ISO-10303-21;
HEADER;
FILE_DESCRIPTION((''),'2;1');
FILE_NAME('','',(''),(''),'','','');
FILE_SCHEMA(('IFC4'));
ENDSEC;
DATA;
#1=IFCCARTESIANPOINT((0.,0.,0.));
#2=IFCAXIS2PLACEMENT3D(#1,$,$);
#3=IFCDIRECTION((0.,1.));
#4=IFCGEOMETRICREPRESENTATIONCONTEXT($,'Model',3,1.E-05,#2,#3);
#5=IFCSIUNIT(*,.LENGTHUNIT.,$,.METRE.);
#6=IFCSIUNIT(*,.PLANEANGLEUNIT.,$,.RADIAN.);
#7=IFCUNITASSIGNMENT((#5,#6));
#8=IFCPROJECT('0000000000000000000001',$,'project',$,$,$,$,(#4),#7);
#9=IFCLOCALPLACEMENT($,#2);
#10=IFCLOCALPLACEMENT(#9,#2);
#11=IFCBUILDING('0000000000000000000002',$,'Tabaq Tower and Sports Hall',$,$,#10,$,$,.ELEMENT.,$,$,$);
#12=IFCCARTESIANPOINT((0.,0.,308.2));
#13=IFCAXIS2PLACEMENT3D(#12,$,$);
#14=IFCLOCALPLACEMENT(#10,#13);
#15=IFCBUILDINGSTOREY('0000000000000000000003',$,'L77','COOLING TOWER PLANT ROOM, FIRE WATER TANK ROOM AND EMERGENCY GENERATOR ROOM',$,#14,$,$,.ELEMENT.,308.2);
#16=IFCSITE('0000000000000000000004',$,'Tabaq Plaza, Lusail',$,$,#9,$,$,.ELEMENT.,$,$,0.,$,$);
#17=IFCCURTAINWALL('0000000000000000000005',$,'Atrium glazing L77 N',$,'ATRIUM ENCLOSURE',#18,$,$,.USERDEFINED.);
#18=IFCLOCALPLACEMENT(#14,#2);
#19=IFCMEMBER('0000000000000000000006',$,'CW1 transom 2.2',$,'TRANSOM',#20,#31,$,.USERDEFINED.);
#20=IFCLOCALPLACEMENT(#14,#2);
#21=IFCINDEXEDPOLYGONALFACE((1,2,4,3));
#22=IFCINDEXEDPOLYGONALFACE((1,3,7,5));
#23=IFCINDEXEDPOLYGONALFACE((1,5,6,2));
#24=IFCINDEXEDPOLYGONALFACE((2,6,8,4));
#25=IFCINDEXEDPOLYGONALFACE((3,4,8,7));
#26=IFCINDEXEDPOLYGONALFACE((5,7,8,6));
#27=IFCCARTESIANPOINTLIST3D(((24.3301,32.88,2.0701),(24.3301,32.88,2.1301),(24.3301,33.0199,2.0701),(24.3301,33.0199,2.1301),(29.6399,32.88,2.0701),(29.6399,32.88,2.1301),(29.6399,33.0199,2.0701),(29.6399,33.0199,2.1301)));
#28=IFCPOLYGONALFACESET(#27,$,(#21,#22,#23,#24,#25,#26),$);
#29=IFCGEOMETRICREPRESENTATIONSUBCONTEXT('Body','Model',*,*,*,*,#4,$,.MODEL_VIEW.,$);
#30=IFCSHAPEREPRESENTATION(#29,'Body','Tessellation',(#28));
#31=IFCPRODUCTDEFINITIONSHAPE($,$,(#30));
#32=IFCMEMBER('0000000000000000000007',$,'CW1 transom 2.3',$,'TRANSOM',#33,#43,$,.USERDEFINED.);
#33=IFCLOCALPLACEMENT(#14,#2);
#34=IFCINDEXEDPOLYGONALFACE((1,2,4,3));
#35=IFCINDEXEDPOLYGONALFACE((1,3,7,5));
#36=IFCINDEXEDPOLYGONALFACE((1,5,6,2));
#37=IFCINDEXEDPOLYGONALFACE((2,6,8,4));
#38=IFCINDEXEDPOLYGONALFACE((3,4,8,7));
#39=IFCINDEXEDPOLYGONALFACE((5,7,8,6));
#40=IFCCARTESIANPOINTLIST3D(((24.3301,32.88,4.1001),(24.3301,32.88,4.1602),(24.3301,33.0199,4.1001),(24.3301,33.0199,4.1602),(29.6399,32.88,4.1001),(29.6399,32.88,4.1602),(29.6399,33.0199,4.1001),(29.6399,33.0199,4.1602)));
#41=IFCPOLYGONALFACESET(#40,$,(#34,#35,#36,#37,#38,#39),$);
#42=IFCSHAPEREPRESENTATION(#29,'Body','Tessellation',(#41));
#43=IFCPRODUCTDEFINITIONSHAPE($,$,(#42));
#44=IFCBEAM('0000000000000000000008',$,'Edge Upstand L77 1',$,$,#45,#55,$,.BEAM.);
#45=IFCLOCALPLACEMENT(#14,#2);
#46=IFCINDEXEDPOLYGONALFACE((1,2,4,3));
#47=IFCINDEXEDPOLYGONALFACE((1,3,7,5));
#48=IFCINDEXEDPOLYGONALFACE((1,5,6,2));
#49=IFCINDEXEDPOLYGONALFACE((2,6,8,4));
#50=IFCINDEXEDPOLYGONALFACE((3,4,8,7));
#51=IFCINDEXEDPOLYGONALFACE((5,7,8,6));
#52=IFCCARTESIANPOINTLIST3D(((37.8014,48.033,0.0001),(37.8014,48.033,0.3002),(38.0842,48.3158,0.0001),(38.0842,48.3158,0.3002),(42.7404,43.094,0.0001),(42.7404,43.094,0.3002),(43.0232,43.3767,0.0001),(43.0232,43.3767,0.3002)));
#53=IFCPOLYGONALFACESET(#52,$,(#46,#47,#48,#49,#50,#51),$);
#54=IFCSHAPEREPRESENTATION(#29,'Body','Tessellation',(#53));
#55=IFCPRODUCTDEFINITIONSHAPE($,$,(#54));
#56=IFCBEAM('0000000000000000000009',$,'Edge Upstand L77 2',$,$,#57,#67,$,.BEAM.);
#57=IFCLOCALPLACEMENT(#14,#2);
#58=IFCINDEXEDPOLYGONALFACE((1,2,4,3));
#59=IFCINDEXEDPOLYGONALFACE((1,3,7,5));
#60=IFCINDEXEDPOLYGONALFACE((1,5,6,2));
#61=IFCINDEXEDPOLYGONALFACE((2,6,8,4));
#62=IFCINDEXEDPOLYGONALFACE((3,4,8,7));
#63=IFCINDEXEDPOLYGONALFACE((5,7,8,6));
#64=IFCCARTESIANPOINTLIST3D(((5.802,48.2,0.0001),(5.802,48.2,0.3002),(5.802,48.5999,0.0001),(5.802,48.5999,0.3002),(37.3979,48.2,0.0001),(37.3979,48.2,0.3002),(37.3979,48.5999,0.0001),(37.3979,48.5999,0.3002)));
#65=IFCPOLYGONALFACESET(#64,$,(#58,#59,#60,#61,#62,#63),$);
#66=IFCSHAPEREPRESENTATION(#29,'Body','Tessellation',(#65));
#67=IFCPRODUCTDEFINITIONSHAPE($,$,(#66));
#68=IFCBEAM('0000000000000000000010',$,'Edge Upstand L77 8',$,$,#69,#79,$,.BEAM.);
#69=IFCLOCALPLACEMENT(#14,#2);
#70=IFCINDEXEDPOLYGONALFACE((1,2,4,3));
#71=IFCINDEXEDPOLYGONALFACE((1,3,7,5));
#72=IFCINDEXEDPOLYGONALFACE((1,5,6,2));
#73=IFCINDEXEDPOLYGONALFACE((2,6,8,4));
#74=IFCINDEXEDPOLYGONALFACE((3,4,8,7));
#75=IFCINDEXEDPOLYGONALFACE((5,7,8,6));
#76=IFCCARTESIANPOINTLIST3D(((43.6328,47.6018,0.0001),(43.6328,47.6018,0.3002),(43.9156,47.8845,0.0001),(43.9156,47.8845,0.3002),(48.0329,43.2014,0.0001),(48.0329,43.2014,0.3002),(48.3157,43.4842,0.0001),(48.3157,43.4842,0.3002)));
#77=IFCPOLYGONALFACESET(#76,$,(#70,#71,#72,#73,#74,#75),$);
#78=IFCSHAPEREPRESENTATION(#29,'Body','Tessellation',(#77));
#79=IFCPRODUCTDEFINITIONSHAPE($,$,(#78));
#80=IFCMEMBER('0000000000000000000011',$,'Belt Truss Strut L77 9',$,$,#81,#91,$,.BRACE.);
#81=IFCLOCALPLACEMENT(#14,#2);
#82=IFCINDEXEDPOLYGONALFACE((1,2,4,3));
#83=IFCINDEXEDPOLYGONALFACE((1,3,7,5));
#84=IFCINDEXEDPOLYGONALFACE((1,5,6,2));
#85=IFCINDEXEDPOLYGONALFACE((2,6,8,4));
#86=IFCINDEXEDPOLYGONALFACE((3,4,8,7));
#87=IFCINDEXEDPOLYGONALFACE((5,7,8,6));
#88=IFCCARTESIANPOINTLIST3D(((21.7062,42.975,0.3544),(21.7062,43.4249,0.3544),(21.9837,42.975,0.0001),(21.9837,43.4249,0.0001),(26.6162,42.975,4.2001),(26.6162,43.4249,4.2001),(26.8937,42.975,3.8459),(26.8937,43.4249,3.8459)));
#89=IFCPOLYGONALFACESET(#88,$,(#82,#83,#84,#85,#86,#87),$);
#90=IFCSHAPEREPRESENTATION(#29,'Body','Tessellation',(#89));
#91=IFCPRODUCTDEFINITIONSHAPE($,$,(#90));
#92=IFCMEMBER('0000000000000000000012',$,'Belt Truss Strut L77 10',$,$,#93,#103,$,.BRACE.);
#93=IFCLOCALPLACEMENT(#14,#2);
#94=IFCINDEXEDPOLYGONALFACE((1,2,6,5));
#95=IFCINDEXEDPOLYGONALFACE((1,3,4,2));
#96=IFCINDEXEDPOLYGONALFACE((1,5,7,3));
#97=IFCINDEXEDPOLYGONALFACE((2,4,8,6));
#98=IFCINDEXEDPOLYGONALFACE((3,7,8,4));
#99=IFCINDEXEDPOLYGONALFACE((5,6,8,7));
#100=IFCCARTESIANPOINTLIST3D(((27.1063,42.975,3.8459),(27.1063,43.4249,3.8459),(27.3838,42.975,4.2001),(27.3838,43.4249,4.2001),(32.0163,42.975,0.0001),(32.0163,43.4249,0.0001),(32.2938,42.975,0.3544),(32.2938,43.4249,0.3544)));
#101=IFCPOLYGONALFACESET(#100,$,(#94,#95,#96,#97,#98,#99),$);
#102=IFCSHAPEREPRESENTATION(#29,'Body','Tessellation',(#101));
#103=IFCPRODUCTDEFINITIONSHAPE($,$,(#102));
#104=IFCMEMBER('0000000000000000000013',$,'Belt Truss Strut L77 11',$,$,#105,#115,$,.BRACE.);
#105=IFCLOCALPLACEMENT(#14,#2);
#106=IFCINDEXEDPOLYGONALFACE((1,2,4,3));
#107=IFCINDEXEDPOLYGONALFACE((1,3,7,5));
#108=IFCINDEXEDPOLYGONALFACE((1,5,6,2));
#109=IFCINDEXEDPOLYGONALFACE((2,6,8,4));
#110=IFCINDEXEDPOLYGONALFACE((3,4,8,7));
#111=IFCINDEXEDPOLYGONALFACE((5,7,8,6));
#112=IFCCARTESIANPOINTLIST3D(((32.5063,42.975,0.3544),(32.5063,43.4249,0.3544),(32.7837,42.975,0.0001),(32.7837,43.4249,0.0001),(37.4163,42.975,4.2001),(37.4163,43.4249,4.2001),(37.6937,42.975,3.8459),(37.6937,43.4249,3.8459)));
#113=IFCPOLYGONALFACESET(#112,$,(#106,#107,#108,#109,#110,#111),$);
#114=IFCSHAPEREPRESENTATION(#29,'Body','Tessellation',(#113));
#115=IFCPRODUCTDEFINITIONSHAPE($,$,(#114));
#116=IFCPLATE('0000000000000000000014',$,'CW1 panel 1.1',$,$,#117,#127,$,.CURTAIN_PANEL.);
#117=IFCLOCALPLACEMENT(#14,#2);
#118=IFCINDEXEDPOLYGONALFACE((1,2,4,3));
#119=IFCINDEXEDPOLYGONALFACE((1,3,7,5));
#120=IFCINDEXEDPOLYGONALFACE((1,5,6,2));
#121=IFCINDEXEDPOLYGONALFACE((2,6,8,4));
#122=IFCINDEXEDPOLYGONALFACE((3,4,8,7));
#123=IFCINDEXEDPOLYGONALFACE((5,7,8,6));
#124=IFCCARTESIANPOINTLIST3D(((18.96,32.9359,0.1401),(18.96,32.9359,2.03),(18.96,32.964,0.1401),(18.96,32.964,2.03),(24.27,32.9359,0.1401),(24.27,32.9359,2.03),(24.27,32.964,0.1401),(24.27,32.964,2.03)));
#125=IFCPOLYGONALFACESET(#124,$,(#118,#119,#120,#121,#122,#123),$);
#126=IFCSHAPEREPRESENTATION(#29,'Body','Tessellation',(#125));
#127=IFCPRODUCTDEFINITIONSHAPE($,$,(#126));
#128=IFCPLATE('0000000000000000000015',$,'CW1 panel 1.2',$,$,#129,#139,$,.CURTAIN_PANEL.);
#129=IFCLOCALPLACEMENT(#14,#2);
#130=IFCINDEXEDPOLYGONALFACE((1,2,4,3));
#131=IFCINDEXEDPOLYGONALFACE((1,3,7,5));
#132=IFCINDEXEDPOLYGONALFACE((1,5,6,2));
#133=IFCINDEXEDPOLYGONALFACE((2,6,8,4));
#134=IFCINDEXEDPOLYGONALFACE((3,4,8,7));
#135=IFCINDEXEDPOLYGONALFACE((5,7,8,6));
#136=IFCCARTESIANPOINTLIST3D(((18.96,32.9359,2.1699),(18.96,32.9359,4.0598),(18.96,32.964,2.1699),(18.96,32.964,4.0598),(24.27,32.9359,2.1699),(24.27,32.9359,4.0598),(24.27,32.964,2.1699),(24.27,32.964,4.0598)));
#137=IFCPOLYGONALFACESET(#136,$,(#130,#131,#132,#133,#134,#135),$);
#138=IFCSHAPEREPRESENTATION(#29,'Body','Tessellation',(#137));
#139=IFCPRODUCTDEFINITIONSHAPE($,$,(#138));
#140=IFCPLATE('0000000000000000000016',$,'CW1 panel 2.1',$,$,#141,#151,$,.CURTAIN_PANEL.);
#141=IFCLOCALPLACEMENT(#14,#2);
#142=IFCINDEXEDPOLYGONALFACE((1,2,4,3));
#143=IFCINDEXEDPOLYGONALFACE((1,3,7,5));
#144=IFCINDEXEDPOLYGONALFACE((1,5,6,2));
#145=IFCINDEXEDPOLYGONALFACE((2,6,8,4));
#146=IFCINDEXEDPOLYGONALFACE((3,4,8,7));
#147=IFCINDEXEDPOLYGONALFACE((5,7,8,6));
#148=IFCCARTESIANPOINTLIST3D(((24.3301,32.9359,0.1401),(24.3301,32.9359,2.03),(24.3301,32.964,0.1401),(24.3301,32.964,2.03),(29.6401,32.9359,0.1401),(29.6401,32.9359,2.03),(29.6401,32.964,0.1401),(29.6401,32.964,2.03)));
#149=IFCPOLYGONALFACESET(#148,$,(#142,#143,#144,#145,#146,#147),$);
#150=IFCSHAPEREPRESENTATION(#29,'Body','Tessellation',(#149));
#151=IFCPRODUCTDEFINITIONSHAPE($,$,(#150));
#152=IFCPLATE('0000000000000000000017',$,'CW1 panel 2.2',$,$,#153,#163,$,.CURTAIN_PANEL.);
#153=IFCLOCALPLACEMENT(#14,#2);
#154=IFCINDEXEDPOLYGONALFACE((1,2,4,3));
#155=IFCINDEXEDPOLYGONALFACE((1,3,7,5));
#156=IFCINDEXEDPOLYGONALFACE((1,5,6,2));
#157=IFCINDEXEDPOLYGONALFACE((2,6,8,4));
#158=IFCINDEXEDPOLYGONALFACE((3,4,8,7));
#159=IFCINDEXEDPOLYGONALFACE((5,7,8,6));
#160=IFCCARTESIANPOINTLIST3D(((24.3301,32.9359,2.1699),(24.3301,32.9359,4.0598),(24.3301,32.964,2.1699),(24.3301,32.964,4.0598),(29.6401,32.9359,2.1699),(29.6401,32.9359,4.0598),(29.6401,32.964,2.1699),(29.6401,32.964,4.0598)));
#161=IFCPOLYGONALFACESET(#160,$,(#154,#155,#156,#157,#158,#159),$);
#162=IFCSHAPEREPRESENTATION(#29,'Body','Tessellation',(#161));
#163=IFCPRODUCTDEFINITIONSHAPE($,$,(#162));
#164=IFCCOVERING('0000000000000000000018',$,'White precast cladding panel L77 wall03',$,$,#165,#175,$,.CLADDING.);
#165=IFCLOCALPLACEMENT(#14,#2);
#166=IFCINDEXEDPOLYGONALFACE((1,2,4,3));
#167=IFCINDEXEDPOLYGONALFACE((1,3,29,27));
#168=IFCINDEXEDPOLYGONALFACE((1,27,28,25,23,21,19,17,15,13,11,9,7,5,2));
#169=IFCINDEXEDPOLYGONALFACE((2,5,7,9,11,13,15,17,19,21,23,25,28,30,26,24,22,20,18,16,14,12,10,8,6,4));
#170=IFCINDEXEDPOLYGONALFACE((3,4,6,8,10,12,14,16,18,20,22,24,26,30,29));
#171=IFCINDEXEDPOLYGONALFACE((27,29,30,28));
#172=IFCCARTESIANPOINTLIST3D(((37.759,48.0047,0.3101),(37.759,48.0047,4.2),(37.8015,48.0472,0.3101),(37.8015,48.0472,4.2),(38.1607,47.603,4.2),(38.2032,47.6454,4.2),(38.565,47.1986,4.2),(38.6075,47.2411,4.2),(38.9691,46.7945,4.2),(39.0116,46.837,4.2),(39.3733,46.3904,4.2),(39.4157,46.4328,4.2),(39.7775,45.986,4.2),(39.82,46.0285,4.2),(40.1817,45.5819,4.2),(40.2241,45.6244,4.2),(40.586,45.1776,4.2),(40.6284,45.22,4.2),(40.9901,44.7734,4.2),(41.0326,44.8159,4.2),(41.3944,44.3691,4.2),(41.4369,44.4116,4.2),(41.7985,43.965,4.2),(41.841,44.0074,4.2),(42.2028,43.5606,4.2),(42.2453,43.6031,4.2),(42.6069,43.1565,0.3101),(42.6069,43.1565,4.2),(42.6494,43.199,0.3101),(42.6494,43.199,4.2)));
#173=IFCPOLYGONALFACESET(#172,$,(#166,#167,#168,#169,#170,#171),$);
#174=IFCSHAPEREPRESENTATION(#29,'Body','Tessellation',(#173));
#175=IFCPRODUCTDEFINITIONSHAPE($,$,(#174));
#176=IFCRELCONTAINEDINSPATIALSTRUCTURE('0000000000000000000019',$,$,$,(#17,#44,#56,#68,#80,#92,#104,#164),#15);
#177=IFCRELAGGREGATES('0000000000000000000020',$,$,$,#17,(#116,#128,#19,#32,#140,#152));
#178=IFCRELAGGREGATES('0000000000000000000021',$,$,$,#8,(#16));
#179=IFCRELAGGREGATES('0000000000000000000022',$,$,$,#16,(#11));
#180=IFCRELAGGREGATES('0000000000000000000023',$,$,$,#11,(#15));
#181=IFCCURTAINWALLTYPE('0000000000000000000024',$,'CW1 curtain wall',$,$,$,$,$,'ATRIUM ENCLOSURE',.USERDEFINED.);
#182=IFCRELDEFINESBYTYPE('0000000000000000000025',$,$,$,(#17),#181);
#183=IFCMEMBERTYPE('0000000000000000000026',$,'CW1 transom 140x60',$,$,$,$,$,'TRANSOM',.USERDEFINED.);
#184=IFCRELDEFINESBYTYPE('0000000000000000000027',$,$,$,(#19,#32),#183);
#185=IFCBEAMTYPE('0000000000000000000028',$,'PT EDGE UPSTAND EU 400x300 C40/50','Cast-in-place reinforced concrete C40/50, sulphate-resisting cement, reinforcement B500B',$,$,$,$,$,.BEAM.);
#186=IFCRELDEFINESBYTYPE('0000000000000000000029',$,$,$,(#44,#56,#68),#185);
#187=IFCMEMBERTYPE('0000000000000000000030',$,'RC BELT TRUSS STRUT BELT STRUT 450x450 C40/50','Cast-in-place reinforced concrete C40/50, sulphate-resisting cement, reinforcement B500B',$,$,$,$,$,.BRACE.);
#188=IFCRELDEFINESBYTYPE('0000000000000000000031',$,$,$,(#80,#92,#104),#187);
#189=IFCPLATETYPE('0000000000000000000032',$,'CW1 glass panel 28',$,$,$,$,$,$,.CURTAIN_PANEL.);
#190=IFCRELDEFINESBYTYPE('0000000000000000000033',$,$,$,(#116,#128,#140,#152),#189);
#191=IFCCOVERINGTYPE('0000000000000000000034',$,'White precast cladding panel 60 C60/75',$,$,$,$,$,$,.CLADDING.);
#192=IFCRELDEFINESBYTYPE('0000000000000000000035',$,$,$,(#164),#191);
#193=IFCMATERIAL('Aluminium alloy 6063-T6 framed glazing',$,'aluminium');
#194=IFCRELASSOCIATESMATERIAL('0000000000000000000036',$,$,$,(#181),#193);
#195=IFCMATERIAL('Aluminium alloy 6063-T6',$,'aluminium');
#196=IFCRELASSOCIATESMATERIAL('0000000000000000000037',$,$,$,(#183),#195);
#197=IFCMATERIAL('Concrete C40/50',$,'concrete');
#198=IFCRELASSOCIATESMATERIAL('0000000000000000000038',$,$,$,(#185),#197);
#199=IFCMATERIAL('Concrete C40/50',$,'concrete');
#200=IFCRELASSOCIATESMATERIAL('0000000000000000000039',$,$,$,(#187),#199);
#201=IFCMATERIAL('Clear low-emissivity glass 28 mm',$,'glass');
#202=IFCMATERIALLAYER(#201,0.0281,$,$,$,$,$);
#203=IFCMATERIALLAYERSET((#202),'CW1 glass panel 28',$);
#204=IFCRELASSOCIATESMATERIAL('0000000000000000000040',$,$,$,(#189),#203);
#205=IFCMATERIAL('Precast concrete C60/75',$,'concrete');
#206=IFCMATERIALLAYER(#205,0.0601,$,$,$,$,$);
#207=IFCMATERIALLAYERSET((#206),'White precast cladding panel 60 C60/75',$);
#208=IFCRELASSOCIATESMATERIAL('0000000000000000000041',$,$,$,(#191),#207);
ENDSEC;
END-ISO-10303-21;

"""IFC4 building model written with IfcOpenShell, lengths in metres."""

from ifc_helpers import new_model, si_unit, direction, frame, origin, origin_2d, place, context, subcontext, project, spatial, polyline, rectangle, outline, extrude, material, layer, layer_set, material_profile, profile_set, type_object, element, aggregate, save


model = new_model("IFC4")

# Units and contexts
model_context = context("Model", 3, precision=1e-05, world=origin(), true_north=direction((0.0, 1.0)))
body_context = subcontext(model_context, "Body", "Model", "MODEL_VIEW")
ifc_project = project(units=[si_unit("LENGTHUNIT", "METRE"), si_unit("PLANEANGLEUNIT", "RADIAN")], contexts=[model_context])

# Site, building, storey
site_placement = place(None, origin())
site = spatial("IfcSite", under=ifc_project, at=site_placement, Name="Tabaq Plaza, Lusail", CompositionType="ELEMENT", RefElevation=0.0)
building_placement = place(site_placement, origin())
building = spatial("IfcBuilding", under=site, at=building_placement, Name="Tabaq Tower and Sports Hall", CompositionType="ELEMENT")
storey_placement = place(building_placement, frame((0.0, 0.0, 308.2)))
storey = spatial("IfcBuildingStorey", under=building, at=storey_placement, Name="L77", Description="COOLING TOWER PLANT ROOM, FIRE WATER TANK ROOM AND EMERGENCY GENERATOR ROOM", CompositionType="ELEMENT", Elevation=308.2)

# Curtain wall, members
ifc_material_1 = material(Name="Aluminium alloy 6063-T6 framed glazing", Category="aluminium")
curtain_wall_type = type_object("IfcCurtainWallType", Name="CW1 curtain wall", ElementType="ATRIUM ENCLOSURE", PredefinedType="USERDEFINED", material=ifc_material_1)
curtain_wall_placement = place(storey_placement, origin())
curtain_wall = element("IfcCurtainWall", 1, at=curtain_wall_placement, inside=storey, type_object=curtain_wall_type, Name="Atrium glazing L77 N", ObjectType="ATRIUM ENCLOSURE", PredefinedType="USERDEFINED")
ifc_material_2 = material(Name="Aluminium alloy 6063-T6", Category="aluminium")
ifc_material_profile_1 = material_profile(ifc_material_2, rectangle(XDim=0.1399, YDim=0.0601, at=origin_2d()), Name="TRANSOM 140x60")
ifc_profile_set_1 = profile_set([ifc_material_profile_1], Name="Aluminium alloy 6063-T6")
member_type_1 = type_object("IfcMemberType", Name="CW1 transom 140x60", ElementType="TRANSOM", PredefinedType="USERDEFINED", material=ifc_profile_set_1)
member_1_placement = place(storey_placement, frame((24.3301, 32.95, 2.1001), z_axis=(1.0, 0.0, 0.0), x_axis=(0.0, 1.0, 0.0)))
member_1 = element("IfcMember", 2, at=member_1_placement, type_object=member_type_1, Name="CW1 transom 2.2", ObjectType="TRANSOM", PredefinedType="USERDEFINED", context=body_context, shape_type="SweptSolid", body=[
    extrude(rectangle(XDim=0.1399, YDim=0.0601, at=origin_2d()), origin(), (0.0, 0.0, 1.0), 5.3098),
])
member_2_placement = place(storey_placement, frame((24.3301, 32.95, 4.1301), z_axis=(1.0, 0.0, 0.0), x_axis=(0.0, 1.0, 0.0)))
member_2 = element("IfcMember", 3, at=member_2_placement, type_object=member_type_1, Name="CW1 transom 2.3", ObjectType="TRANSOM", PredefinedType="USERDEFINED", context=body_context, shape_type="SweptSolid", body=[
    extrude(rectangle(XDim=0.1399, YDim=0.0601, at=origin_2d()), origin(), (0.0, 0.0, 1.0), 5.3098),
])

# Beams
ifc_material_3 = material(Name="Concrete C40/50", Category="concrete")
ifc_material_profile_2 = material_profile(ifc_material_3, rectangle(XDim=0.3999, YDim=0.3, at=origin_2d()), Name="EU 400x300")
ifc_profile_set_2 = profile_set([ifc_material_profile_2], Name="Concrete C40/50")
beam_type = type_object("IfcBeamType", Name="PT EDGE UPSTAND EU 400x300 C40/50", Description="Cast-in-place reinforced concrete C40/50, sulphate-resisting cement, reinforcement B500B", PredefinedType="BEAM", material=ifc_profile_set_2)
beam_1_placement = place(storey_placement, frame((42.8818, 43.2354, 0.1501), z_axis=(-0.707107, 0.707107, 0.0), x_axis=(-0.707107, -0.707107, 0.0)))
element("IfcBeam", 4, at=beam_1_placement, inside=storey, type_object=beam_type, Name="Edge Upstand L77 1", PredefinedType="BEAM", context=body_context, shape_type="SweptSolid", body=[
    extrude(rectangle(XDim=0.3999, YDim=0.3, at=origin_2d()), origin(), (0.0, 0.0, 1.0), 6.9849),
])
beam_2_placement = place(storey_placement, frame((37.3979, 48.3999, 0.1501), z_axis=(-1.0, 0.0, 0.0), x_axis=(0.0, -1.0, 0.0)))
element("IfcBeam", 5, at=beam_2_placement, inside=storey, type_object=beam_type, Name="Edge Upstand L77 2", PredefinedType="BEAM", context=body_context, shape_type="SweptSolid", body=[
    extrude(rectangle(XDim=0.3999, YDim=0.3, at=origin_2d()), origin(), (0.0, 0.0, 1.0), 31.5959),
])
beam_3_placement = place(storey_placement, frame((48.1743, 43.3428, 0.1501), z_axis=(-0.707087, 0.707126, 0.0), x_axis=(-0.707126, -0.707087, 0.0)))
element("IfcBeam", 6, at=beam_3_placement, inside=storey, type_object=beam_type, Name="Edge Upstand L77 8", PredefinedType="BEAM", context=body_context, shape_type="SweptSolid", body=[
    extrude(rectangle(XDim=0.3999, YDim=0.3, at=origin_2d()), origin(), (0.0, 0.0, 1.0), 6.2229),
])

# Members
ifc_material_4 = material(Name="Concrete C40/50", Category="concrete")
ifc_material_profile_3 = material_profile(ifc_material_4, rectangle(XDim=0.45, YDim=0.45, at=origin_2d()), Name="BELT STRUT 450x450")
ifc_profile_set_3 = profile_set([ifc_material_profile_3], Name="Concrete C40/50")
member_type_2 = type_object("IfcMemberType", Name="RC BELT TRUSS STRUT BELT STRUT 450x450 C40/50", Description="Cast-in-place reinforced concrete C40/50, sulphate-resisting cement, reinforcement B500B", PredefinedType="BRACE", material=ifc_profile_set_3)
for number, where, z_axis, x_axis, name in (
    (7, (21.845, 43.2, 0.1772), (0.787259, 0.0, 0.616623), (0.0, 1.0, 0.0), "Belt Truss Strut L77 9"),
    (8, (32.155, 43.2, 0.1772), (-0.787259, 0.0, 0.616623), (0.0, -1.0, 0.0), "Belt Truss Strut L77 10"),
    (9, (32.645, 43.2, 0.1772), (0.787259, 0.0, 0.616623), (0.0, 1.0, 0.0), "Belt Truss Strut L77 11"),
):
    element("IfcMember", number, at=place(storey_placement, frame(where, z_axis=z_axis, x_axis=x_axis)), inside=storey, type_object=member_type_2, Name=name, PredefinedType="BRACE", context=body_context, shape_type="SweptSolid", body=[
        extrude(rectangle(XDim=0.45, YDim=0.45, at=origin_2d()), origin(), (0.0, 0.0, 1.0), 6.2368),
    ])

# Plates
ifc_material_5 = material(Name="Clear low-emissivity glass 28 mm", Category="glass")
ifc_layer_1 = layer(ifc_material_5, 0.0281)
ifc_layer_set_1 = layer_set([ifc_layer_1], Name="CW1 glass panel 28")
plate_type = type_object("IfcPlateType", Name="CW1 glass panel 28", PredefinedType="CURTAIN_PANEL", material=ifc_layer_set_1)
plate_1_placement = place(storey_placement, frame((21.615, 32.95, 0.1401), z_axis=(0.0, 0.0, 1.0), x_axis=(1.0, 0.0, 0.0)))
plate_1 = element("IfcPlate", 10, at=plate_1_placement, type_object=plate_type, Name="CW1 panel 1.1", PredefinedType="CURTAIN_PANEL", context=body_context, shape_type="SweptSolid", body=[
    extrude(rectangle(XDim=5.3101, YDim=0.0281, at=origin_2d()), origin(), (0.0, 0.0, 1.0), 1.8899),
])
plate_2_placement = place(storey_placement, frame((21.615, 32.95, 2.1699), z_axis=(0.0, 0.0, 1.0), x_axis=(1.0, 0.0, 0.0)))
plate_2 = element("IfcPlate", 11, at=plate_2_placement, type_object=plate_type, Name="CW1 panel 1.2", PredefinedType="CURTAIN_PANEL", context=body_context, shape_type="SweptSolid", body=[
    extrude(rectangle(XDim=5.3101, YDim=0.0281, at=origin_2d()), origin(), (0.0, 0.0, 1.0), 1.8899),
])
plate_3_placement = place(storey_placement, frame((26.9851, 32.95, 0.1401), z_axis=(0.0, 0.0, 1.0), x_axis=(1.0, 0.0, 0.0)))
plate_3 = element("IfcPlate", 12, at=plate_3_placement, type_object=plate_type, Name="CW1 panel 2.1", PredefinedType="CURTAIN_PANEL", context=body_context, shape_type="SweptSolid", body=[
    extrude(rectangle(XDim=5.3101, YDim=0.0281, at=origin_2d()), origin(), (0.0, 0.0, 1.0), 1.8899),
])
plate_4_placement = place(storey_placement, frame((26.9851, 32.95, 2.1699), z_axis=(0.0, 0.0, 1.0), x_axis=(1.0, 0.0, 0.0)))
plate_4 = element("IfcPlate", 13, at=plate_4_placement, type_object=plate_type, Name="CW1 panel 2.2", PredefinedType="CURTAIN_PANEL", context=body_context, shape_type="SweptSolid", body=[
    extrude(rectangle(XDim=5.3101, YDim=0.0281, at=origin_2d()), origin(), (0.0, 0.0, 1.0), 1.8899),
])
aggregate(curtain_wall, [plate_1, plate_2, member_1, member_2, plate_3, plate_4])

# Covering
ifc_material_6 = material(Name="Precast concrete C60/75", Category="concrete")
ifc_layer_2 = layer(ifc_material_6, 0.0601)
ifc_layer_set_2 = layer_set([ifc_layer_2], Name="White precast cladding panel 60 C60/75")
covering_type = type_object("IfcCoveringType", Name="White precast cladding panel 60 C60/75", PredefinedType="CLADDING", material=ifc_layer_set_2)
covering_1_placement = place(storey_placement, frame((42.6282, 43.1777, 0.3101), z_axis=(0.0, 0.0, 1.0), x_axis=(-0.707089, 0.707125, 0.0)))
element("IfcCovering", 14, at=covering_1_placement, inside=storey, type_object=covering_type, Name="White precast cladding panel L77 wall03", PredefinedType="CLADDING", context=body_context, shape_type="SweptSolid", body=[
    extrude(outline(polyline([(0.0, 0.0), (6.8562, 0.0), (6.8562, 3.8899), (6.2881, 3.8899), (5.7163, 3.8899), (5.1448, 3.8899), (4.5732, 3.8899), (4.0015, 3.8899), (3.4299, 3.8899), (2.8582, 3.8899), (2.2866, 3.8899), (1.7148, 3.8899), (1.1433, 3.8899), (0.5715, 3.8899), (0.0, 3.8899), (0.0, 0.0)])), frame((0.0, 0.03, 0.0), z_axis=(0.0, -1.0, 0.0), x_axis=(1.0, 0.0, 0.0)), (0.0, 0.0, 1.0), 0.0601),
])

save(model, "model.ifc")
